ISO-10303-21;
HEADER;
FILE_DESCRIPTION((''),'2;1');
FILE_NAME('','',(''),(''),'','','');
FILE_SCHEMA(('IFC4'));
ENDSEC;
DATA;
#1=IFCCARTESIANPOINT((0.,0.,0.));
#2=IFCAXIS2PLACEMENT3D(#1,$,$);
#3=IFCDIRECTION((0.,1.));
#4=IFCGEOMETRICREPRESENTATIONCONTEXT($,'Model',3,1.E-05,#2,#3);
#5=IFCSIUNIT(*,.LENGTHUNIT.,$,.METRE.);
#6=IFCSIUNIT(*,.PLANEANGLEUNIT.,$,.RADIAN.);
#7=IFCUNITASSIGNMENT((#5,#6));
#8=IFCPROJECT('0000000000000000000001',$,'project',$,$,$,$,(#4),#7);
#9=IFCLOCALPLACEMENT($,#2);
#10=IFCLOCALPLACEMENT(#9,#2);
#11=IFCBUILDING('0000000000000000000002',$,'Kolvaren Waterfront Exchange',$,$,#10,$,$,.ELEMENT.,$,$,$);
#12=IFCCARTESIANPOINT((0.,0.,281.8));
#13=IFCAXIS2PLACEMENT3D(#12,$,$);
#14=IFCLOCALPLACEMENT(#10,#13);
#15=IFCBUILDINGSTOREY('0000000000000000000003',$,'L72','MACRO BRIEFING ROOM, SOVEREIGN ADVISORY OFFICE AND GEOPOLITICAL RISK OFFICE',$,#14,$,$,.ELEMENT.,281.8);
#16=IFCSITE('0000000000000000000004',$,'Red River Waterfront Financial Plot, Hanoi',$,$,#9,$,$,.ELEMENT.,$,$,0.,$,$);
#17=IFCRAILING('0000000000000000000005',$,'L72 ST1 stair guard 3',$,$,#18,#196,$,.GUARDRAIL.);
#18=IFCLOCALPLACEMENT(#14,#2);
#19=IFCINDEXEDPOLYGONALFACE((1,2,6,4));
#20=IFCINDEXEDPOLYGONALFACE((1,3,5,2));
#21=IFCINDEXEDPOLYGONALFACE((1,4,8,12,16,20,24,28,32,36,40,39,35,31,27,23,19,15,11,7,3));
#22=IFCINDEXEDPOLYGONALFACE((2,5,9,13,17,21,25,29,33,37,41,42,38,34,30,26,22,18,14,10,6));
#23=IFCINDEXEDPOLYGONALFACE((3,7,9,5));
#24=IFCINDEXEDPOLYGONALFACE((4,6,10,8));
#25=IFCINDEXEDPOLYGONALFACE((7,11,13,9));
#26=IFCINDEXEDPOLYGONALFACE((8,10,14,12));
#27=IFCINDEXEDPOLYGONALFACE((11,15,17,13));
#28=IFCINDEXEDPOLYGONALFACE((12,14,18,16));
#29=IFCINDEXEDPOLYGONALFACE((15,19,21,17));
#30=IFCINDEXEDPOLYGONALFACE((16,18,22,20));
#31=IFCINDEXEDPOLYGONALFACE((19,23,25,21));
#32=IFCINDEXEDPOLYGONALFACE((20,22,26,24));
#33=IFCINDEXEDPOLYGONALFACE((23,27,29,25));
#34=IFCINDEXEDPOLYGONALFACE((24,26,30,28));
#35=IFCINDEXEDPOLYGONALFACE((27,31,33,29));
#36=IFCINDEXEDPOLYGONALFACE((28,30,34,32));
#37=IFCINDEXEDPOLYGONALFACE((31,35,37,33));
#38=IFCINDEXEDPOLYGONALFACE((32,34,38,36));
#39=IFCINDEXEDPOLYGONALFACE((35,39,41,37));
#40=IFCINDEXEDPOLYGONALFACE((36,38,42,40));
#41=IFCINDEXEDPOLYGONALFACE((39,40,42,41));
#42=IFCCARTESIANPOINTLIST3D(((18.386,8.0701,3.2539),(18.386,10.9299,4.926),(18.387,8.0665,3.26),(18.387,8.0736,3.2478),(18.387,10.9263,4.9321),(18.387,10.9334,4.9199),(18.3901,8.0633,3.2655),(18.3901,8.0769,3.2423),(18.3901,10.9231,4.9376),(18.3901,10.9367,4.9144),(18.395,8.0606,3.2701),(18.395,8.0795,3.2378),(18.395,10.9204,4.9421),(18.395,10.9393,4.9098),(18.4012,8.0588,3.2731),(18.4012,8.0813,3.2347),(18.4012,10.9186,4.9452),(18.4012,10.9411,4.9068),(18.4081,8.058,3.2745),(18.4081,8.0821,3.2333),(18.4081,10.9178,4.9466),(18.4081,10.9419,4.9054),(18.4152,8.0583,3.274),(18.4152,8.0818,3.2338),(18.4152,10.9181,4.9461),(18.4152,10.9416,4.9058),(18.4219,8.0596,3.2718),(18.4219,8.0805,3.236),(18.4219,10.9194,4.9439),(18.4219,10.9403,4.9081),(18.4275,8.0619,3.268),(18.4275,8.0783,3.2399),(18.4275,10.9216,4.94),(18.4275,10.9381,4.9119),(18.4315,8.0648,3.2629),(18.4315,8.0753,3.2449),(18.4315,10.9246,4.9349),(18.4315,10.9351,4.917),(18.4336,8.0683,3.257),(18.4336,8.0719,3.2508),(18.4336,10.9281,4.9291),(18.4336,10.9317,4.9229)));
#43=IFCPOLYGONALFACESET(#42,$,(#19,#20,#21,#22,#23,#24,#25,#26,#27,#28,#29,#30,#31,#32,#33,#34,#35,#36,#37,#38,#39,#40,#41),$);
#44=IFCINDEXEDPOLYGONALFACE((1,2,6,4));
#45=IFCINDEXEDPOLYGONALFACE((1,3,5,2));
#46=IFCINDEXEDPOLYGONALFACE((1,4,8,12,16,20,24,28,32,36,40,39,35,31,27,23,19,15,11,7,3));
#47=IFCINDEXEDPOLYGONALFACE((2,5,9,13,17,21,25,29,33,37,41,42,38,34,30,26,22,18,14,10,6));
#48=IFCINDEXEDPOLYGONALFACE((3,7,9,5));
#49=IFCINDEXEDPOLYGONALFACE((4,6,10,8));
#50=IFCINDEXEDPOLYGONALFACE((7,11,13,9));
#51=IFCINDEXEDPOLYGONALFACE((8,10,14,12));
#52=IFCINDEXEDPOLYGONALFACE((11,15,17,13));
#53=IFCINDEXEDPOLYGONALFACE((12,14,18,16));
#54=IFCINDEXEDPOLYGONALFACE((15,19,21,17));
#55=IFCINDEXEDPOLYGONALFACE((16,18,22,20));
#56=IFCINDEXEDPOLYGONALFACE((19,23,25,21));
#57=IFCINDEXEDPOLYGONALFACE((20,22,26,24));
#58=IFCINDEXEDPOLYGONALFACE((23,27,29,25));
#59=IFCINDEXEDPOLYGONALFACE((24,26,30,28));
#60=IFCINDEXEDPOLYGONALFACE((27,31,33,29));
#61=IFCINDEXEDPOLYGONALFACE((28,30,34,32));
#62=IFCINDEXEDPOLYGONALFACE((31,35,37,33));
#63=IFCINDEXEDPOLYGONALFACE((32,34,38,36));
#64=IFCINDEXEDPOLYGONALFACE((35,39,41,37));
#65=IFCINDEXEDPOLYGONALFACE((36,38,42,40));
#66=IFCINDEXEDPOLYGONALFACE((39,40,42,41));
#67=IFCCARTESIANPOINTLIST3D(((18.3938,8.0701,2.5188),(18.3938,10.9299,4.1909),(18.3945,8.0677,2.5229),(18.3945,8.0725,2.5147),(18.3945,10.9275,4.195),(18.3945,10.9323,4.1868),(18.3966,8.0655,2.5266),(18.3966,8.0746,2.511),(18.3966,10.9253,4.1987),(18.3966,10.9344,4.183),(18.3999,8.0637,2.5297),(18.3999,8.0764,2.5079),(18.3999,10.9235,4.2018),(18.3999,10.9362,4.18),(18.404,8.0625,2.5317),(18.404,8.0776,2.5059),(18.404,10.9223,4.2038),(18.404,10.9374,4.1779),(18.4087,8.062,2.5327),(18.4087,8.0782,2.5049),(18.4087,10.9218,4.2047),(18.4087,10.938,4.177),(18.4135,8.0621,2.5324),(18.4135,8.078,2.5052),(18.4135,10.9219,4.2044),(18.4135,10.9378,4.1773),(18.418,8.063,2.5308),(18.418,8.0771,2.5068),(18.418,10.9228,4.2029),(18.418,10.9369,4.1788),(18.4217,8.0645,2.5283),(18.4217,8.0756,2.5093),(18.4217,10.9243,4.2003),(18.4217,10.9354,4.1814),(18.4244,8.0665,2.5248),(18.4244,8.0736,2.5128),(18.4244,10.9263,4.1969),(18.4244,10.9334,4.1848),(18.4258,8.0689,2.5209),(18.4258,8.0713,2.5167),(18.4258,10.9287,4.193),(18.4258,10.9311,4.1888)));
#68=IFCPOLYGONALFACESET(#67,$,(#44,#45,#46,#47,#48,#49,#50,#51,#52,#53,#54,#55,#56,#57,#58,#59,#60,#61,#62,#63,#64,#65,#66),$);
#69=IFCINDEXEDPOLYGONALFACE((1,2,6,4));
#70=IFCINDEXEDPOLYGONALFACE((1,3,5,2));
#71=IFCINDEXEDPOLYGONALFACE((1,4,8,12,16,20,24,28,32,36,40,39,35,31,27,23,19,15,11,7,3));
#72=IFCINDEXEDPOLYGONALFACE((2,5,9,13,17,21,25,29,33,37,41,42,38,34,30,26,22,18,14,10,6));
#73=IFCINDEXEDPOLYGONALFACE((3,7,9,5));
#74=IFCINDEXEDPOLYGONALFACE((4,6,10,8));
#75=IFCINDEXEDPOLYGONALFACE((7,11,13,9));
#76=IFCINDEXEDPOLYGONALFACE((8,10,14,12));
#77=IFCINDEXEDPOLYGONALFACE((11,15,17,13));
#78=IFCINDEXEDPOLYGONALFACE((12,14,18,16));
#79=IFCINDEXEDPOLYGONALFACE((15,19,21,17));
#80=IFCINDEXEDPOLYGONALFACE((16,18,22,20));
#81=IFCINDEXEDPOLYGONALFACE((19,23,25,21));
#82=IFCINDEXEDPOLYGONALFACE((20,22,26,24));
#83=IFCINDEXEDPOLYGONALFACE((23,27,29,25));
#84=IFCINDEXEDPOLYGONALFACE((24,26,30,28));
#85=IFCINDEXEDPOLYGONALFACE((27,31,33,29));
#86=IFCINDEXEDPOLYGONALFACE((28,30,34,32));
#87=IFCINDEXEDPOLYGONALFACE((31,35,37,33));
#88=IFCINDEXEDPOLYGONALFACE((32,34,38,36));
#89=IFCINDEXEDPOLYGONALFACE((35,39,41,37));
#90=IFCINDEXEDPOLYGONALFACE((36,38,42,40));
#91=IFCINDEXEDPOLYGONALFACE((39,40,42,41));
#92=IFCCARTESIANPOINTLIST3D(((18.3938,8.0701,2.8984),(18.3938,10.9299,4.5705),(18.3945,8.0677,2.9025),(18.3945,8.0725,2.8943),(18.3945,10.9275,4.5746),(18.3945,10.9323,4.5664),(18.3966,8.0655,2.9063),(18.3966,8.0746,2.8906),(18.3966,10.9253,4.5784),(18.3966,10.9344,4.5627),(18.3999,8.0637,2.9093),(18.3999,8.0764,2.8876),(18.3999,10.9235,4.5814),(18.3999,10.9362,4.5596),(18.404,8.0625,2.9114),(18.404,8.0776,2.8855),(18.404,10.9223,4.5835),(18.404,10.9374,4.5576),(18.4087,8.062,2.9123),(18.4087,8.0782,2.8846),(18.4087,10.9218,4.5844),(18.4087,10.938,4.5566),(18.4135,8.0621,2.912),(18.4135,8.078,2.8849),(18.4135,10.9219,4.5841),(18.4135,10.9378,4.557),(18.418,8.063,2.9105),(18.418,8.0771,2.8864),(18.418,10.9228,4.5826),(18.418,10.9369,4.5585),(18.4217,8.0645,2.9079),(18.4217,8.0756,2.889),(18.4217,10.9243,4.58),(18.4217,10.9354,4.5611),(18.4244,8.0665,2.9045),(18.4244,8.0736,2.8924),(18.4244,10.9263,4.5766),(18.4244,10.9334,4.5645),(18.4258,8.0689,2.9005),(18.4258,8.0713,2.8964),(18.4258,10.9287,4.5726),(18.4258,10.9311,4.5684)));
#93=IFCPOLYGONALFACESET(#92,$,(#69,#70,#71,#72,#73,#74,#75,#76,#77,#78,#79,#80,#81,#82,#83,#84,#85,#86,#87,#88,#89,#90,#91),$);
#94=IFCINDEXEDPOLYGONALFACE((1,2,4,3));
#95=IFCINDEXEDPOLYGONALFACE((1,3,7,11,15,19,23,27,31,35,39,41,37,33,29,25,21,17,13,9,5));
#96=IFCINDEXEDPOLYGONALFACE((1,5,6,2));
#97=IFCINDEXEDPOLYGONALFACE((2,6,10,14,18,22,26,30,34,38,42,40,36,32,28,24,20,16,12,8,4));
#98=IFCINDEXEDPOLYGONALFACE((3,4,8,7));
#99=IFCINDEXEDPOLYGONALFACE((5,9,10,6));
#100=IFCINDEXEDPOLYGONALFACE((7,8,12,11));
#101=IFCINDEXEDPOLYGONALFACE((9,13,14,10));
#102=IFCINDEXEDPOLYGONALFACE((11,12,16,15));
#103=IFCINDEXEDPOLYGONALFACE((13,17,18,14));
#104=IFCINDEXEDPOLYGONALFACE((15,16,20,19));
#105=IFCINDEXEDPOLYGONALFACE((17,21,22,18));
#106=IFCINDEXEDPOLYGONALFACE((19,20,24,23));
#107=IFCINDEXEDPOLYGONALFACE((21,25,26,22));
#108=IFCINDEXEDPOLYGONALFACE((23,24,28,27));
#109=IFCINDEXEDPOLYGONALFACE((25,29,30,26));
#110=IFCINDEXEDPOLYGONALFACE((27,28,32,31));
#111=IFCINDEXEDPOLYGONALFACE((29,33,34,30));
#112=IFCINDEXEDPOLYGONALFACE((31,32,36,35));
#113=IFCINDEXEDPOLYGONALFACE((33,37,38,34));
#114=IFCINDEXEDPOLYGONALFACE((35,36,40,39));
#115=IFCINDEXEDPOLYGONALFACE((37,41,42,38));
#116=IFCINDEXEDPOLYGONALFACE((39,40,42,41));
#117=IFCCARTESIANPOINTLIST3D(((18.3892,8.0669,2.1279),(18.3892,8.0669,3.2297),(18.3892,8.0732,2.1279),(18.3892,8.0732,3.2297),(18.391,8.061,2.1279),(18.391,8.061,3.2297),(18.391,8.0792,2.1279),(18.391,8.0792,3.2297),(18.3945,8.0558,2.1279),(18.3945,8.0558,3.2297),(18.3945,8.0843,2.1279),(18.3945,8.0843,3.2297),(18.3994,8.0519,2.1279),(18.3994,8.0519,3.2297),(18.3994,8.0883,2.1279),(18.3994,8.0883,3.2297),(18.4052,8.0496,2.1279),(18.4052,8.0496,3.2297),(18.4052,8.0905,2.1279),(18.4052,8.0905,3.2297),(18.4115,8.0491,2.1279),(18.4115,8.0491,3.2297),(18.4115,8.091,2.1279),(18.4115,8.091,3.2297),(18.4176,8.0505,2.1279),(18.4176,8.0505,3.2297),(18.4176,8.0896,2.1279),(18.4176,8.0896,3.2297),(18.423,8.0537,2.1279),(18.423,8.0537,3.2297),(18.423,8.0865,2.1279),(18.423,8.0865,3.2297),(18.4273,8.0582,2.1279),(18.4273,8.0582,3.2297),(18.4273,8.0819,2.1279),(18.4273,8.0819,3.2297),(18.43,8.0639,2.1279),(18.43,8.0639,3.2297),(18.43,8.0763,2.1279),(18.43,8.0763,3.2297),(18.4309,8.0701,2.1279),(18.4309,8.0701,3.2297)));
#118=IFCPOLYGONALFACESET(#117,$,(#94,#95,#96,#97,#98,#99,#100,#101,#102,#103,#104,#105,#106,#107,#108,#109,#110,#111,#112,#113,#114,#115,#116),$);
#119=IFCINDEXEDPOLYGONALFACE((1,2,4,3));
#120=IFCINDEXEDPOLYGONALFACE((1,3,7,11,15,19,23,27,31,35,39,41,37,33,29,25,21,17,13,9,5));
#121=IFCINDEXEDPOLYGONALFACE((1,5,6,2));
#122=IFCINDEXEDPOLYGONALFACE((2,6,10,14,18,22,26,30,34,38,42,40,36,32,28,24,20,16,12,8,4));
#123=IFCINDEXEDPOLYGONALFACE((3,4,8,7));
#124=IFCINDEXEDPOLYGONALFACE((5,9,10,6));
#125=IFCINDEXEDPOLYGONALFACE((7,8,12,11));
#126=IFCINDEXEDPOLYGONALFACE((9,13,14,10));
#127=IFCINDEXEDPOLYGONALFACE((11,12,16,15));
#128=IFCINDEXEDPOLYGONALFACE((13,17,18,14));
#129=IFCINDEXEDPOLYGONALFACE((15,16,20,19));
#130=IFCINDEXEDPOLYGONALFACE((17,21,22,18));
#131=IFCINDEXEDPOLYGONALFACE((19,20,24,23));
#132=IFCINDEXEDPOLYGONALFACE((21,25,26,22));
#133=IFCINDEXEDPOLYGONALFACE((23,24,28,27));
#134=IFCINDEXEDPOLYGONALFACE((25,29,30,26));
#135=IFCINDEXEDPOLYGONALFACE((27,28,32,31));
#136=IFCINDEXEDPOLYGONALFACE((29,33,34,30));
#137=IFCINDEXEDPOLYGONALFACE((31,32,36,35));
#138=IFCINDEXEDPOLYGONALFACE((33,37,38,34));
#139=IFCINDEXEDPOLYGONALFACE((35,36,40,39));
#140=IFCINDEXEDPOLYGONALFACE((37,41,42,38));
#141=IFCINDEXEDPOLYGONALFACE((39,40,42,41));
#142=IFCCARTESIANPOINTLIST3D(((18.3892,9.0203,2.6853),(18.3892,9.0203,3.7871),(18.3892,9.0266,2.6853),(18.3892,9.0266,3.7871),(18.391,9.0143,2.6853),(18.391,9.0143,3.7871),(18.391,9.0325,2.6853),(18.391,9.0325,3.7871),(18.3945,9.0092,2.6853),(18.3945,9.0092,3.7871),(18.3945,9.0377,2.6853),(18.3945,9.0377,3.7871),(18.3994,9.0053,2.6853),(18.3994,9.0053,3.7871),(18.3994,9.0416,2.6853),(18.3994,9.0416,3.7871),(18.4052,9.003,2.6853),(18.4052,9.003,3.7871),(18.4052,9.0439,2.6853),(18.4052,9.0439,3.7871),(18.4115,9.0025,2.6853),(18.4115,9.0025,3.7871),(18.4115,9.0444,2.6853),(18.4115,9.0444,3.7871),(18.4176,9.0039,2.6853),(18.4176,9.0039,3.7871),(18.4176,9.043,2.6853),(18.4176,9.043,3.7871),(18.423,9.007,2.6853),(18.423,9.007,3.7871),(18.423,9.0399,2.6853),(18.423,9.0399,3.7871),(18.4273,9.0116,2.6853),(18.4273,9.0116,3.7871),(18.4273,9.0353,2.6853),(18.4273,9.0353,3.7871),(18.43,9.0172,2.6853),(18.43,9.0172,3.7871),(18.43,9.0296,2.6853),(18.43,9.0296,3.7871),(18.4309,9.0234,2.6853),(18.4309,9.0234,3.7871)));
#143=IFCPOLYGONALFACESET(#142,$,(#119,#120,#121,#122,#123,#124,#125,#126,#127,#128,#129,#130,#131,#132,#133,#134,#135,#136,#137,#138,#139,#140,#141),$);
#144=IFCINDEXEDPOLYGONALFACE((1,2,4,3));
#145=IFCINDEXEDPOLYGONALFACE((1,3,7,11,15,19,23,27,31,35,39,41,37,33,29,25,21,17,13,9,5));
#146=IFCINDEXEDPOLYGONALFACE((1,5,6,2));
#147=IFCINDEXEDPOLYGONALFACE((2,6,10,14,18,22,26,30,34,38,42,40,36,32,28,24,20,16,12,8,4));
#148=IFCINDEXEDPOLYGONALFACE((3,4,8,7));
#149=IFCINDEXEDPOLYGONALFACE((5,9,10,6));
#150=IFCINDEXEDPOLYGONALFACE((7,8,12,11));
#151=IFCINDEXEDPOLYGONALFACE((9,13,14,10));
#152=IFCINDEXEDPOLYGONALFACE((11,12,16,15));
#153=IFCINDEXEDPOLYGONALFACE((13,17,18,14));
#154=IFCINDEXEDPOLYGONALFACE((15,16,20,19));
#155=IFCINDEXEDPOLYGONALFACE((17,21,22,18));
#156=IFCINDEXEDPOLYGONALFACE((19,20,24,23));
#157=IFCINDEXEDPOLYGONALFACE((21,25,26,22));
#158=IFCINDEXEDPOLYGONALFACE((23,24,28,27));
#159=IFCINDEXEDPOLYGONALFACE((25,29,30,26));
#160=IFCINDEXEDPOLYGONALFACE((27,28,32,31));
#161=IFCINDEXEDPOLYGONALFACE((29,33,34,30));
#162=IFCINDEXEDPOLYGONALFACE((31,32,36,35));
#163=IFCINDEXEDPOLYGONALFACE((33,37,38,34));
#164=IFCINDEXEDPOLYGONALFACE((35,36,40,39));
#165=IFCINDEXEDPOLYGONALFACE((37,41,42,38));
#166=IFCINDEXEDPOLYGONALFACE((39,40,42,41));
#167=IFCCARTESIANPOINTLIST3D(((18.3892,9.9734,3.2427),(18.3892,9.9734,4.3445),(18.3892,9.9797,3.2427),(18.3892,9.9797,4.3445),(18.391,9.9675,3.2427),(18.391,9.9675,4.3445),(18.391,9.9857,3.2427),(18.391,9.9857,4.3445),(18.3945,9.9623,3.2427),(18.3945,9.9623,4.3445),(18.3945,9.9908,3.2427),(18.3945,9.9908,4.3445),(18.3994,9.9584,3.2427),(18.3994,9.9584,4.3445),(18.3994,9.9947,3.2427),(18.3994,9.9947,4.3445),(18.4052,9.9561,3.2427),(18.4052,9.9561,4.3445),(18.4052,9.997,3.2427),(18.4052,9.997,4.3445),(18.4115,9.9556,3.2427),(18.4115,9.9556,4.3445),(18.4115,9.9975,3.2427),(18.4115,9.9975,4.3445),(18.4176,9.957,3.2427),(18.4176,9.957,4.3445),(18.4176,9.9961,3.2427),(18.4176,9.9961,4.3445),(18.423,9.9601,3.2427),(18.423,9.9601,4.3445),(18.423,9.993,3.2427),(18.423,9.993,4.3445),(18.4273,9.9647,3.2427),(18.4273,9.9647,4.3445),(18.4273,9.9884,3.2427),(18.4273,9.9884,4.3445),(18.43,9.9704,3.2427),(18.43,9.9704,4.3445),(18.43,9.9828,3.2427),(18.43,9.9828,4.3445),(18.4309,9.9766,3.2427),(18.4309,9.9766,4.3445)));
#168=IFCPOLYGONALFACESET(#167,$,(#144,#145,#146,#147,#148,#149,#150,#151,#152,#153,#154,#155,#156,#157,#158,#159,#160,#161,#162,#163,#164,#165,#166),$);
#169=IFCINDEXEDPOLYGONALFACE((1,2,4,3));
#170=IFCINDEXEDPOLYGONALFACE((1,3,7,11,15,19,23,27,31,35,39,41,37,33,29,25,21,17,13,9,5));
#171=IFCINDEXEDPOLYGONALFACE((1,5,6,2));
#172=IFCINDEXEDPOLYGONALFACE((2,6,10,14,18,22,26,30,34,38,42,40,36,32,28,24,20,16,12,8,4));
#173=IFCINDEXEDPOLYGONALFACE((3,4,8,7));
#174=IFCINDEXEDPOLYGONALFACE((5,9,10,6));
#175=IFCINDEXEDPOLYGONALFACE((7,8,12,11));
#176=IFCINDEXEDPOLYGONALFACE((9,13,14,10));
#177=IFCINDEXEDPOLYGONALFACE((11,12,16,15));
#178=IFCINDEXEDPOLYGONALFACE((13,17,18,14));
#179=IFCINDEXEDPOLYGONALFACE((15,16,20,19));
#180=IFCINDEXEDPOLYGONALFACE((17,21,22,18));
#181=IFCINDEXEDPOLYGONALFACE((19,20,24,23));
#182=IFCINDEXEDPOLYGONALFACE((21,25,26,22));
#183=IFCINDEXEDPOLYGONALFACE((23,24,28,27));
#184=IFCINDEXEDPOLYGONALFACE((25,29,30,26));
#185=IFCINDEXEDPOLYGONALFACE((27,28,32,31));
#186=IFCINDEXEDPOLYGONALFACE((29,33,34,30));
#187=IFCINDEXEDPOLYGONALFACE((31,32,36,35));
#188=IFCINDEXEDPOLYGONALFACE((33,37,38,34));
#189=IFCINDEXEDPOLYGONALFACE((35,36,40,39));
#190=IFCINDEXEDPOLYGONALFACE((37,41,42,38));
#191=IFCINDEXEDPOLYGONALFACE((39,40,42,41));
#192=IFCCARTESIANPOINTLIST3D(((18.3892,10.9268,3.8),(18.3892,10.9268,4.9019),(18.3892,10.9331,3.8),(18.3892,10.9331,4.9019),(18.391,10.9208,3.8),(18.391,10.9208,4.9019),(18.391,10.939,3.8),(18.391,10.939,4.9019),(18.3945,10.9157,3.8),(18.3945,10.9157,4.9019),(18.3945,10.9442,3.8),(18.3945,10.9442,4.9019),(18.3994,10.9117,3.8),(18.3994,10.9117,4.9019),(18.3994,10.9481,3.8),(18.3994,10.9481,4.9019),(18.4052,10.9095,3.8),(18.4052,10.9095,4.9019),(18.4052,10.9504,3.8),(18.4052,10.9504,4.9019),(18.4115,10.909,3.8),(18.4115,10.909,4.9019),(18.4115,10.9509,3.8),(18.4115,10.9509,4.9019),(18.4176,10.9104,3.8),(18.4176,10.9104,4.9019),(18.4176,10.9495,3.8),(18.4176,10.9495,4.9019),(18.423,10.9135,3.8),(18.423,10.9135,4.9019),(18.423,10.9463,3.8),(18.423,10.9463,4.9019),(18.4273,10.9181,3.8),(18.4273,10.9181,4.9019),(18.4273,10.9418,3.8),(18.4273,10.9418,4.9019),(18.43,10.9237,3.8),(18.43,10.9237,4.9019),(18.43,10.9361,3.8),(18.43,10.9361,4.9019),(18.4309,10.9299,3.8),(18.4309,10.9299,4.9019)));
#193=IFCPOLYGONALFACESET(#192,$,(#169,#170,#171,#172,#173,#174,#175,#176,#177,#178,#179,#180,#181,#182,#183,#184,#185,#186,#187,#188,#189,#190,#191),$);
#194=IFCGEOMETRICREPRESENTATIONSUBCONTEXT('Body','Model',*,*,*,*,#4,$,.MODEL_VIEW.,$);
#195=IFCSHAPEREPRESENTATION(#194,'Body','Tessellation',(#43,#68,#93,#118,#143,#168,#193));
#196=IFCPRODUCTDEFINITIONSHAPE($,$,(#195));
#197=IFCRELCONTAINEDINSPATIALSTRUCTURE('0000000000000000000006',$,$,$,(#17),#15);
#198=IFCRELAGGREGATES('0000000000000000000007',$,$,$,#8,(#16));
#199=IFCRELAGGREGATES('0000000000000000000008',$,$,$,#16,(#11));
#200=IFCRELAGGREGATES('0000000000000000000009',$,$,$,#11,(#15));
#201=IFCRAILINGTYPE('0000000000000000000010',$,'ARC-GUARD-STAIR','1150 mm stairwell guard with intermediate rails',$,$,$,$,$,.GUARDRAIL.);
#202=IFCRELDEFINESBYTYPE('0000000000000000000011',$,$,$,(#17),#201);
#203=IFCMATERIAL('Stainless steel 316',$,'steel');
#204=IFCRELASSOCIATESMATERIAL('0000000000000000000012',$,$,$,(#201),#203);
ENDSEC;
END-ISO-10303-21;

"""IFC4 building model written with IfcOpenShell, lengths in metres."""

from ifc_helpers import new_model, si_unit, direction, frame, origin, origin_2d, place, context, subcontext, project, spatial, circle, extrude, material, type_object, element, save


model = new_model("IFC4")

# Units and contexts
model_context = context("Model", 3, precision=1e-05, world=origin(), true_north=direction((0.0, 1.0)))
body_context = subcontext(model_context, "Body", "Model", "MODEL_VIEW")
ifc_project = project(units=[si_unit("LENGTHUNIT", "METRE"), si_unit("PLANEANGLEUNIT", "RADIAN")], contexts=[model_context])

# Site, building, storey
site_placement = place(None, origin())
site = spatial("IfcSite", under=ifc_project, at=site_placement, Name="Red River Waterfront Financial Plot, Hanoi", CompositionType="ELEMENT", RefElevation=0.0)
building_placement = place(site_placement, origin())
building = spatial("IfcBuilding", under=site, at=building_placement, Name="Kolvaren Waterfront Exchange", CompositionType="ELEMENT")
storey_placement = place(building_placement, frame((0.0, 0.0, 281.8)))
storey = spatial("IfcBuildingStorey", under=building, at=storey_placement, Name="L72", Description="MACRO BRIEFING ROOM, SOVEREIGN ADVISORY OFFICE AND GEOPOLITICAL RISK OFFICE", CompositionType="ELEMENT", Elevation=281.8)

# Railing
ifc_material_1 = material(Name="Stainless steel 316", Category="steel")
railing_type_1 = type_object("IfcRailingType", Name="ARC-GUARD-STAIR", Description="1150 mm stairwell guard with intermediate rails", PredefinedType="GUARDRAIL", material=ifc_material_1)
railing_1_placement = place(storey_placement, frame((18.4099, 8.0701, 2.1279)))
element("IfcRailing", 1, at=railing_1_placement, inside=storey, type_object=railing_type_1, Name="L72 ST1 stair guard 3", PredefinedType="GUARDRAIL", context=body_context, shape_type="SweptSolid", body=[
    extrude(circle(Radius=0.0239, at=origin_2d()), frame((0.0, 0.0, 1.126), z_axis=(0.0, 0.863271, 0.504741), x_axis=(-1.0, 0.0, 0.0)), (0.0, 0.0, 1.0), 3.3127),
    extrude(circle(Radius=0.0161, at=origin_2d()), frame((0.0, 0.0, 0.3909), z_axis=(0.0, 0.863271, 0.504741), x_axis=(-1.0, 0.0, 0.0)), (0.0, 0.0, 1.0), 3.3127),
    extrude(circle(Radius=0.0161, at=origin_2d()), frame((0.0, 0.0, 0.7705), z_axis=(0.0, 0.863271, 0.504741), x_axis=(-1.0, 0.0, 0.0)), (0.0, 0.0, 1.0), 3.3127),
    extrude(circle(Radius=0.021, at=origin_2d()), origin(), (0.0, 0.0, 1.0), 1.1018),
    extrude(circle(Radius=0.021, at=origin_2d()), frame((0.0, 0.9534, 0.5574)), (0.0, 0.0, 1.0), 1.1018),
    extrude(circle(Radius=0.021, at=origin_2d()), frame((0.0, 1.9065, 1.1147)), (0.0, 0.0, 1.0), 1.1018),
    extrude(circle(Radius=0.021, at=origin_2d()), frame((0.0, 2.8599, 1.6721)), (0.0, 0.0, 1.0), 1.1018),
])

save(model, "model.ifc")
